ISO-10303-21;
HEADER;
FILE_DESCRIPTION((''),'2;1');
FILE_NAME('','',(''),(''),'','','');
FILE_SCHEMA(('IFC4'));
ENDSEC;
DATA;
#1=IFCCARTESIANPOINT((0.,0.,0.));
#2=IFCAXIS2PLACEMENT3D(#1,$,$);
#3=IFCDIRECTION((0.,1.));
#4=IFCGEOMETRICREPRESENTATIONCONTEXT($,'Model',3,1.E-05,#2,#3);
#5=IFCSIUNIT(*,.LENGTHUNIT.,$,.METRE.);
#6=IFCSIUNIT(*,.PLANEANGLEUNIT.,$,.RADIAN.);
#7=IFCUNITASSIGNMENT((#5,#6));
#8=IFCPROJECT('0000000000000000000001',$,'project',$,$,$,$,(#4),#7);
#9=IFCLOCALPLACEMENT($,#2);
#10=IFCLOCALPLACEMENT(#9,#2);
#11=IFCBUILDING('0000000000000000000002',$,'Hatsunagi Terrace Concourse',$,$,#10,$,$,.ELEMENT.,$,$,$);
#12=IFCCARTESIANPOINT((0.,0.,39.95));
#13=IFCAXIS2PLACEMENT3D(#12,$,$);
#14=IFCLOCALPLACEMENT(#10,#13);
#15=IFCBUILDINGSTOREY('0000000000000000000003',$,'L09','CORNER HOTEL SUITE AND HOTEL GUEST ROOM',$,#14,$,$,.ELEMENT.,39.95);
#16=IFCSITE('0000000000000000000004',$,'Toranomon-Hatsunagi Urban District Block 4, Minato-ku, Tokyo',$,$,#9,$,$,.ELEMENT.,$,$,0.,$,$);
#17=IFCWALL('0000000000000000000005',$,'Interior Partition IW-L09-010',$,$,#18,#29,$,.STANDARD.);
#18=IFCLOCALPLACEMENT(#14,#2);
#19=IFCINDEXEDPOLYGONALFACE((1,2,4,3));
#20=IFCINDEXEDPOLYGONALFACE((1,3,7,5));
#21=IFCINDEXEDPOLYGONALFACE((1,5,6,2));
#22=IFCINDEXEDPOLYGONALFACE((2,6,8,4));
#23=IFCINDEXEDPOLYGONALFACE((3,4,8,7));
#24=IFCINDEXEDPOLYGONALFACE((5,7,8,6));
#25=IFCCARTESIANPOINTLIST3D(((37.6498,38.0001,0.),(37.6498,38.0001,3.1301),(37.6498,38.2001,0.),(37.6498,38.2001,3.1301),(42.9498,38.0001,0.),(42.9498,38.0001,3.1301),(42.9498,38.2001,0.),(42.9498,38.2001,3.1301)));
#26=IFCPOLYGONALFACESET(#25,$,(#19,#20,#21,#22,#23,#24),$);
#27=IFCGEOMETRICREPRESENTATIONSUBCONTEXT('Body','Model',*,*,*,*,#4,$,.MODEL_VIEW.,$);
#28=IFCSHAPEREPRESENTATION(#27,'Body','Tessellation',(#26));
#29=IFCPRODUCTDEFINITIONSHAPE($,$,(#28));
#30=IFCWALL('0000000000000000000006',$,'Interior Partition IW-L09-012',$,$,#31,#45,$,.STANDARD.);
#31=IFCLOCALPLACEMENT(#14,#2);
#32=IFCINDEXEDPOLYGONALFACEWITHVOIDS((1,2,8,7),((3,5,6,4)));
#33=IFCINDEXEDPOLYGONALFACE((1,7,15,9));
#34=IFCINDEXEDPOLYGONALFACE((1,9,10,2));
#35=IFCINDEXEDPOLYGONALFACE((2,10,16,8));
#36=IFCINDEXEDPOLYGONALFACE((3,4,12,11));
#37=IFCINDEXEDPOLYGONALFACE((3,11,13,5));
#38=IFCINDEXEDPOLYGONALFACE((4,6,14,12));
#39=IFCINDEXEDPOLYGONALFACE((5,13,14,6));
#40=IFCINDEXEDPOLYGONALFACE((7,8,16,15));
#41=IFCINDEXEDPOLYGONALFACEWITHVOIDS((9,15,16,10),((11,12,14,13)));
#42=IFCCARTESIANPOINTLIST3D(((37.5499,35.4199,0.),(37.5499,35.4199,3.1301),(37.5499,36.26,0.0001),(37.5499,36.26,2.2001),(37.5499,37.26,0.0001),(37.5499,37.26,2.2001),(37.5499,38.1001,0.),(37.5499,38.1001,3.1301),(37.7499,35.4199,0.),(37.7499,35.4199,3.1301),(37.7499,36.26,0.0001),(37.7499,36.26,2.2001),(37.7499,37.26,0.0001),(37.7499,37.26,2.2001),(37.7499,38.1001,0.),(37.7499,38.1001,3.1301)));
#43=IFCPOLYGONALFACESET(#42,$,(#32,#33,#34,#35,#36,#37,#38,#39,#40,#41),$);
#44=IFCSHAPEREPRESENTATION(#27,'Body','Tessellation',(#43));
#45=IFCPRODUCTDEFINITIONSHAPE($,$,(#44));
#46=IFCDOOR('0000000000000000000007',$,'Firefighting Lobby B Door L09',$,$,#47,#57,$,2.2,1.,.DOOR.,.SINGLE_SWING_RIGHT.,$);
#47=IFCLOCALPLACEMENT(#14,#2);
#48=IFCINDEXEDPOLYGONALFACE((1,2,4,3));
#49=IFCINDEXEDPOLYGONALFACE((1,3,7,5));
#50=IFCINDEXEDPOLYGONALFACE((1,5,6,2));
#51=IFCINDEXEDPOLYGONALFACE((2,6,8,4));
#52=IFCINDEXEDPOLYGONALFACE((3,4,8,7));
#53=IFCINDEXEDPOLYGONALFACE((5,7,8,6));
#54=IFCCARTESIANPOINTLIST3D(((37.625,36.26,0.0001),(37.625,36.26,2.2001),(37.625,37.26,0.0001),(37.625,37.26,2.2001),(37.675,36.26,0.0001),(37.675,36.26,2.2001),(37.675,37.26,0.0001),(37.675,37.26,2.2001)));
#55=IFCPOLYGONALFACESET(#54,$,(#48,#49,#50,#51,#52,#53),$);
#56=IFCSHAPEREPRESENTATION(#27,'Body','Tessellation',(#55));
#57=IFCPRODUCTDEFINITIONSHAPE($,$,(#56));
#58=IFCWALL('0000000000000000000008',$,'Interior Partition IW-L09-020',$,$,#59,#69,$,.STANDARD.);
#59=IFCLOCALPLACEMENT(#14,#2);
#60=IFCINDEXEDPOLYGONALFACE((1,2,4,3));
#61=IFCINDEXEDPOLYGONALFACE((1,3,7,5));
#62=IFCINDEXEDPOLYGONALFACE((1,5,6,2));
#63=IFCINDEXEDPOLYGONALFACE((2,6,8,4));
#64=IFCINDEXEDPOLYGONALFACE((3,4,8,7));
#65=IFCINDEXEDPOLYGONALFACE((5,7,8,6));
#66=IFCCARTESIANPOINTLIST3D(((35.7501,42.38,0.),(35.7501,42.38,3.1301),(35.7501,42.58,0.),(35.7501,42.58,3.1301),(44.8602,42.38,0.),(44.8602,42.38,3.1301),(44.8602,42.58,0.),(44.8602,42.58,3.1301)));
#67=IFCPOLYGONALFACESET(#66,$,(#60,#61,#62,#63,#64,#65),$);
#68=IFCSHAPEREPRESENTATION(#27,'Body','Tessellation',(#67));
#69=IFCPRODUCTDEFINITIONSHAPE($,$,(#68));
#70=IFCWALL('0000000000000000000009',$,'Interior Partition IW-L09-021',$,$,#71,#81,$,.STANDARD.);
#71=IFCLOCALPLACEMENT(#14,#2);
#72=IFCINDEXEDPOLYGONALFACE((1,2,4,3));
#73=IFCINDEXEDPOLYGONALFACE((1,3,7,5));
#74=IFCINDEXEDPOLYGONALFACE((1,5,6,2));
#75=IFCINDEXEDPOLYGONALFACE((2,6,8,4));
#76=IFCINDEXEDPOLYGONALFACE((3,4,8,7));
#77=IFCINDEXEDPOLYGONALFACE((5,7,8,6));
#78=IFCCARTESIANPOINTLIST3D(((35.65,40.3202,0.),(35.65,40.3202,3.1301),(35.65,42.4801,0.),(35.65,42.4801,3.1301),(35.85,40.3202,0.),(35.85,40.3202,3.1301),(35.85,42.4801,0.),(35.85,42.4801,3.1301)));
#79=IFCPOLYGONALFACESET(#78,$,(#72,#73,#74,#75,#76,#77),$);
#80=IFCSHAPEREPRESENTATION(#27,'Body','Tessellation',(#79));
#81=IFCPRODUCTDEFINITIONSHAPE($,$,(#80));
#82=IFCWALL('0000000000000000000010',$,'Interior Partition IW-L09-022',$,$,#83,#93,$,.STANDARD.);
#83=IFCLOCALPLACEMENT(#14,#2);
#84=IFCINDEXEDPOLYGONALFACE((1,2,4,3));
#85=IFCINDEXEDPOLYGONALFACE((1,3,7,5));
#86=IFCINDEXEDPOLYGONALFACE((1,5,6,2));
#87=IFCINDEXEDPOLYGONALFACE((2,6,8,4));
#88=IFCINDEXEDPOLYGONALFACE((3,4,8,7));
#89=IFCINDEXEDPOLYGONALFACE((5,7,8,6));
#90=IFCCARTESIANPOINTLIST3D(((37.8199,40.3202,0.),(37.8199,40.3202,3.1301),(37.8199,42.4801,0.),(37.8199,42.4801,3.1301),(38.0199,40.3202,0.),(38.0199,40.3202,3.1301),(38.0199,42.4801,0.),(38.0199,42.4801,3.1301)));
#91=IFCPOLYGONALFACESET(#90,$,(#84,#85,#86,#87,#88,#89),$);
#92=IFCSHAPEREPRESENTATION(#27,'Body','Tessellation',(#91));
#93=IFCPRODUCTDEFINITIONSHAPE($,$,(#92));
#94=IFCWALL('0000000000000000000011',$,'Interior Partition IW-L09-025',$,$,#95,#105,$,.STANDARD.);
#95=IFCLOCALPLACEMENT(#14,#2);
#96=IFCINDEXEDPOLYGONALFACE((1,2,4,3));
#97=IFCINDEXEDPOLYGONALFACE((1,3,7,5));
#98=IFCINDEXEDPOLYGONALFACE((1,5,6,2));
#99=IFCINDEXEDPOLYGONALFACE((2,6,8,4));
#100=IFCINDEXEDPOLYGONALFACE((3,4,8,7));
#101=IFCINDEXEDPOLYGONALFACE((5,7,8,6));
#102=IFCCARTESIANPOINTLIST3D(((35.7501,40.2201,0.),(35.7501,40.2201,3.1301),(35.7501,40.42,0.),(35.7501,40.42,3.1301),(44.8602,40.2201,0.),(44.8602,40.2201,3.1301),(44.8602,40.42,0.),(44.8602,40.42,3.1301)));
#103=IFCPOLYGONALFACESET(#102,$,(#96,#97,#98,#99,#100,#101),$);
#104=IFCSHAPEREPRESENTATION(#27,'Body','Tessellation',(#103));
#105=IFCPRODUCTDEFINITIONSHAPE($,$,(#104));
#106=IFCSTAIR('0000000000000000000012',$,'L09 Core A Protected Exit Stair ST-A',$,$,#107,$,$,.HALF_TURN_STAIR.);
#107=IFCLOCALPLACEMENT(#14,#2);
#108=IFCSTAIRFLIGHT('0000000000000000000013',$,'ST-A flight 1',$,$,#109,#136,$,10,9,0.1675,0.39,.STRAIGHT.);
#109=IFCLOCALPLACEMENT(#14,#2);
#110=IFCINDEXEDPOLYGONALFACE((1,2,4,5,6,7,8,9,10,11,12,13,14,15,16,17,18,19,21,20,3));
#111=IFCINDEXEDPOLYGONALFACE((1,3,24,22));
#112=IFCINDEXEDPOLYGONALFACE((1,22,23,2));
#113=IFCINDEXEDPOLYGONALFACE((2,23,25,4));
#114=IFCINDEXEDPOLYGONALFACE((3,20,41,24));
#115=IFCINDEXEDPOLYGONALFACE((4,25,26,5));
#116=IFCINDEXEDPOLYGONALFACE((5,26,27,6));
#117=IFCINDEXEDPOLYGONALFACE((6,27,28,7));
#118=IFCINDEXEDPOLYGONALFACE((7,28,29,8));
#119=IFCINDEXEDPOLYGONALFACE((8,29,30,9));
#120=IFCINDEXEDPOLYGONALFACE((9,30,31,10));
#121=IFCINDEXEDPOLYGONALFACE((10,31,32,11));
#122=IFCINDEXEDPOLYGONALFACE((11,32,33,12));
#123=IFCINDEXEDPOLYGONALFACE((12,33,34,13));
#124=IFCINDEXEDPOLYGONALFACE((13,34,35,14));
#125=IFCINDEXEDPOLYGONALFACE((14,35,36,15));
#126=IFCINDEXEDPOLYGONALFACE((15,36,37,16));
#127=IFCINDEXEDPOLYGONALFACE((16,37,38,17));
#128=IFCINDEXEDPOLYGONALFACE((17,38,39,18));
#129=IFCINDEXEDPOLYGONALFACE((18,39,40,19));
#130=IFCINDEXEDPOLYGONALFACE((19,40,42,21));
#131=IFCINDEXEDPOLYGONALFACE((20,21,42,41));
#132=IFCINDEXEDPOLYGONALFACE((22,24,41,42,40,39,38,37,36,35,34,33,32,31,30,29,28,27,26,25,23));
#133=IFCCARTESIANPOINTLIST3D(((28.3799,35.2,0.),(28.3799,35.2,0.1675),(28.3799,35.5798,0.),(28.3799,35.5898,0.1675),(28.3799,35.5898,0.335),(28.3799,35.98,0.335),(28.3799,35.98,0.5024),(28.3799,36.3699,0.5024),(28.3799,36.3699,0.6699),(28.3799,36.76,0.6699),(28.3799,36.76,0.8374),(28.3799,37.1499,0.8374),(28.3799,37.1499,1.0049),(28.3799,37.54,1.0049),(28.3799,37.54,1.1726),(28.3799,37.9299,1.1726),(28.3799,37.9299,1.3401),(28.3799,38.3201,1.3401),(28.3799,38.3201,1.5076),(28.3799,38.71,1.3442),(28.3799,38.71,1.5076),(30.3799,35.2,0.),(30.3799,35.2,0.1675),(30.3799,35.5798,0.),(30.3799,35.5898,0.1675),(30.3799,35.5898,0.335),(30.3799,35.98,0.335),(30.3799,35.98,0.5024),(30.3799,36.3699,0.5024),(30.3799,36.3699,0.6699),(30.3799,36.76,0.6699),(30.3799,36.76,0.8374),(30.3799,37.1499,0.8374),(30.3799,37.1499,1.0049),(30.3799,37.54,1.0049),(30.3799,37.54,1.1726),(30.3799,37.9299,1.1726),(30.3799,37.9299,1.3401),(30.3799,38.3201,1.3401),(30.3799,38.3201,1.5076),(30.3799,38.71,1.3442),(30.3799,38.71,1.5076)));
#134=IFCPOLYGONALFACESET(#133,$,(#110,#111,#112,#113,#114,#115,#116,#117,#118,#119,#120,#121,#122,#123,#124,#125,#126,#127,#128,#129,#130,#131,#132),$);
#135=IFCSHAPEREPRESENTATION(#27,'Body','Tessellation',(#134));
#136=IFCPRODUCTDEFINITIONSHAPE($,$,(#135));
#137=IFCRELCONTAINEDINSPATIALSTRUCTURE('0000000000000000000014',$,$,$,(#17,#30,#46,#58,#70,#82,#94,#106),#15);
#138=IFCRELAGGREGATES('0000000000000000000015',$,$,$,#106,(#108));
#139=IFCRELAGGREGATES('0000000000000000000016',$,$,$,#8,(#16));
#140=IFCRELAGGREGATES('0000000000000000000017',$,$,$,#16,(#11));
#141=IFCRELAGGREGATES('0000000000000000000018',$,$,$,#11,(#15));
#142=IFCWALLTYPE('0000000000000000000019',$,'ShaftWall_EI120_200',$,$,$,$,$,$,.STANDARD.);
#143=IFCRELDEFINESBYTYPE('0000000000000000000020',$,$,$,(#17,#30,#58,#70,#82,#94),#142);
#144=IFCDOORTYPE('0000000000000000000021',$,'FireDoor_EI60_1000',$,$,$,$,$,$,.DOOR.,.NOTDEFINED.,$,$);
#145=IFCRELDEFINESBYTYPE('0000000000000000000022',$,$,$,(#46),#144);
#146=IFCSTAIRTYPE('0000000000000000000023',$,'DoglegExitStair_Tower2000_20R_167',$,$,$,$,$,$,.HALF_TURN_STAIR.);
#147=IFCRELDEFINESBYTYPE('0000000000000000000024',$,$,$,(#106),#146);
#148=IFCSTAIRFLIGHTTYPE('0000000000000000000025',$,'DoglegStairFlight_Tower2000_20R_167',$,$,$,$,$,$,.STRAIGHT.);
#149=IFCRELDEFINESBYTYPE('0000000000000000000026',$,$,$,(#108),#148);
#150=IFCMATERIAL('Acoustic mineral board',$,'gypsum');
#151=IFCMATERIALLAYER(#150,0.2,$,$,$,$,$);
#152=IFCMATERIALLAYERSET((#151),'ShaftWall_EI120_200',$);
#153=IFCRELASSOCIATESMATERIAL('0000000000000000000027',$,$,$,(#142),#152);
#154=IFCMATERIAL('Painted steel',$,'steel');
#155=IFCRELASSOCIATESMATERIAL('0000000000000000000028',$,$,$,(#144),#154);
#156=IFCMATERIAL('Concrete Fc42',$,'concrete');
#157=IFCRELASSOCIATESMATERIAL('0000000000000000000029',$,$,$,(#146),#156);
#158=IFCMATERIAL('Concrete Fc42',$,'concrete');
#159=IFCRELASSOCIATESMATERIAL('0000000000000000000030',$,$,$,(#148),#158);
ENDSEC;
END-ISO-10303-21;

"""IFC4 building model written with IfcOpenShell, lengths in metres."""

from ifc_helpers import new_model, si_unit, direction, frame, frame_2d, origin, place, context, subcontext, project, spatial, polyline, rectangle, outline, extrude, material, layer, layer_set, type_object, element, fill, aggregate, save


model = new_model("IFC4")

# Units and contexts
model_context = context("Model", 3, precision=1e-05, world=origin(), true_north=direction((0.0, 1.0)))
body_context = subcontext(model_context, "Body", "Model", "MODEL_VIEW")
ifc_project = project(units=[si_unit("LENGTHUNIT", "METRE"), si_unit("PLANEANGLEUNIT", "RADIAN")], contexts=[model_context])

# Site, building, storey
site_placement = place(None, origin())
site = spatial("IfcSite", under=ifc_project, at=site_placement, Name="Toranomon-Hatsunagi Urban District Block 4, Minato-ku, Tokyo", CompositionType="ELEMENT", RefElevation=0.0)
building_placement = place(site_placement, origin())
building = spatial("IfcBuilding", under=site, at=building_placement, Name="Hatsunagi Terrace Concourse", CompositionType="ELEMENT")
storey_placement = place(building_placement, frame((0.0, 0.0, 39.95)))
storey = spatial("IfcBuildingStorey", under=building, at=storey_placement, Name="L09", Description="CORNER HOTEL SUITE AND HOTEL GUEST ROOM", CompositionType="ELEMENT", Elevation=39.95)

# Wall
ifc_material_1 = material(Name="Acoustic mineral board", Category="gypsum")
ifc_layer_1 = layer(ifc_material_1, 0.2)
ifc_layer_set_1 = layer_set([ifc_layer_1], Name="ShaftWall_EI120_200")
wall_type_1 = type_object("IfcWallType", Name="ShaftWall_EI120_200", PredefinedType="STANDARD", material=ifc_layer_set_1)
wall_1_placement = place(storey_placement, frame((37.6499, 38.1001, 0.0), z_axis=(0.0, 0.0, 1.0), x_axis=(1.0, 0.0, 0.0)))
element("IfcWall", 1, at=wall_1_placement, inside=storey, type_object=wall_type_1, Name="Interior Partition IW-L09-010", PredefinedType="STANDARD", context=body_context, shape_type="SweptSolid", body=[
    extrude(rectangle(XDim=5.3, YDim=0.2, at=frame_2d((2.6499, 0.0))), origin(), (0.0, 0.0, 1.0), 3.1301),
])

# Wall, opening, door
wall_2_placement = place(storey_placement, frame((37.6499, 35.4199, 0.0), z_axis=(0.0, 0.0, 1.0), x_axis=(0.0, 1.0, 0.0)))
wall_2 = element("IfcWall", 2, at=wall_2_placement, inside=storey, type_object=wall_type_1, Name="Interior Partition IW-L09-012", PredefinedType="STANDARD", context=body_context, shape_type="SweptSolid", body=[
    extrude(rectangle(XDim=2.6802, YDim=0.2, at=frame_2d((1.3401, 0.0))), origin(), (0.0, 0.0, 1.0), 3.1301),
])
opening_1_placement = place(wall_2_placement, frame((0.8401, 0.0, 0.0)))
opening_1 = element("IfcOpeningElement", 3, at=opening_1_placement, cuts=wall_2, PredefinedType="OPENING", context=body_context, shape_type="SweptSolid", body=[
    extrude(rectangle(XDim=1.0, YDim=2.2, at=frame_2d((0.5, 1.1001))), frame((0.0, 0.1099, 0.0), z_axis=(0.0, -1.0, 0.0), x_axis=(1.0, 0.0, 0.0)), (0.0, 0.0, 1.0), 0.22),
])
ifc_material_2 = material(Name="Painted steel", Category="steel")
door_type_1 = type_object("IfcDoorType", Name="FireDoor_EI60_1000", OperationType="NOTDEFINED", PredefinedType="DOOR", material=ifc_material_2)
door_1_placement = place(opening_1_placement, origin())
door_1 = element("IfcDoor", 4, at=door_1_placement, inside=storey, type_object=door_type_1, Name="Firefighting Lobby B Door L09", OperationType="SINGLE_SWING_RIGHT", OverallHeight=2.2, OverallWidth=1.0, PredefinedType="DOOR", context=body_context, shape_type="SweptSolid", body=[
    extrude(rectangle(XDim=1.0, YDim=2.2, at=frame_2d((0.5, 1.1001))), frame((0.0, 0.0249, 0.0), z_axis=(0.0, -1.0, 0.0), x_axis=(1.0, 0.0, 0.0)), (0.0, 0.0, 1.0), 0.05),
])
fill(opening_1, door_1)

# Walls
wall_3_placement = place(storey_placement, frame((35.75, 42.48, 0.0), z_axis=(0.0, 0.0, 1.0), x_axis=(1.0, 0.0, 0.0)))
element("IfcWall", 5, at=wall_3_placement, inside=storey, type_object=wall_type_1, Name="Interior Partition IW-L09-020", PredefinedType="STANDARD", context=body_context, shape_type="SweptSolid", body=[
    extrude(rectangle(XDim=9.1101, YDim=0.2, at=frame_2d((4.5552, 0.0))), origin(), (0.0, 0.0, 1.0), 3.1301),
])
for number, where, z_axis, x_axis, name in (
    (6, (35.75, 40.3201, 0.0), (0.0, 0.0, 1.0), (0.0, 1.0, 0.0), "Interior Partition IW-L09-021"),
    (7, (37.9199, 40.3201, 0.0), (0.0, 0.0, 1.0), (0.0, 1.0, 0.0), "Interior Partition IW-L09-022"),
):
    element("IfcWall", number, at=place(storey_placement, frame(where, z_axis=z_axis, x_axis=x_axis)), inside=storey, type_object=wall_type_1, Name=name, PredefinedType="STANDARD", context=body_context, shape_type="SweptSolid", body=[
        extrude(rectangle(XDim=2.1599, YDim=0.2, at=frame_2d((1.0801, 0.0))), origin(), (0.0, 0.0, 1.0), 3.1301),
    ])
wall_4_placement = place(storey_placement, frame((35.75, 40.3201, 0.0), z_axis=(0.0, 0.0, 1.0), x_axis=(1.0, 0.0, 0.0)))
element("IfcWall", 8, at=wall_4_placement, inside=storey, type_object=wall_type_1, Name="Interior Partition IW-L09-025", PredefinedType="STANDARD", context=body_context, shape_type="SweptSolid", body=[
    extrude(rectangle(XDim=9.1101, YDim=0.2, at=frame_2d((4.5552, 0.0))), origin(), (0.0, 0.0, 1.0), 3.1301),
])

# Stair, stair flight
ifc_material_3 = material(Name="Concrete Fc42", Category="concrete")
stair_type = type_object("IfcStairType", Name="DoglegExitStair_Tower2000_20R_167", PredefinedType="HALF_TURN_STAIR", material=ifc_material_3)
stair_placement = place(storey_placement, origin())
stair = element("IfcStair", 9, at=stair_placement, inside=storey, type_object=stair_type, Name="L09 Core A Protected Exit Stair ST-A", PredefinedType="HALF_TURN_STAIR")
ifc_material_4 = material(Name="Concrete Fc42", Category="concrete")
stair_flight_type = type_object("IfcStairFlightType", Name="DoglegStairFlight_Tower2000_20R_167", PredefinedType="STRAIGHT", material=ifc_material_4)
stair_flight_placement = place(storey_placement, frame((29.3799, 35.2, 0.0), z_axis=(0.0, 0.0, 1.0), x_axis=(0.0, 1.0, 0.0)))
stair_flight = element("IfcStairFlight", 10, at=stair_flight_placement, type_object=stair_flight_type, Name="ST-A flight 1", NumberOfRisers=10, NumberOfTreads=9, PredefinedType="STRAIGHT", RiserHeight=0.1675, TreadLength=0.39, context=body_context, shape_type="SweptSolid", body=[
    extrude(outline(polyline([(0.0, 0.0), (0.0, 0.1675), (0.3899, 0.1675), (0.3899, 0.335), (0.78, 0.335), (0.78, 0.5024), (1.1699, 0.5024), (1.1699, 0.6699), (1.5601, 0.6699), (1.5601, 0.8374), (1.95, 0.8374), (1.95, 1.0049), (2.3401, 1.0049), (2.3401, 1.1726), (2.73, 1.1726), (2.73, 1.3401), (3.1201, 1.3401), (3.1201, 1.5076), (3.51, 1.5076), (3.51, 1.675), (3.51, 1.3442), (0.3799, 0.0), (0.0, 0.0)])), frame((0.0, 1.0, 0.0), z_axis=(0.0, -1.0, 0.0), x_axis=(1.0, 0.0, 0.0)), (0.0, 0.0, 1.0), 2.0),
])
aggregate(stair, [stair_flight])

save(model, "model.ifc")
